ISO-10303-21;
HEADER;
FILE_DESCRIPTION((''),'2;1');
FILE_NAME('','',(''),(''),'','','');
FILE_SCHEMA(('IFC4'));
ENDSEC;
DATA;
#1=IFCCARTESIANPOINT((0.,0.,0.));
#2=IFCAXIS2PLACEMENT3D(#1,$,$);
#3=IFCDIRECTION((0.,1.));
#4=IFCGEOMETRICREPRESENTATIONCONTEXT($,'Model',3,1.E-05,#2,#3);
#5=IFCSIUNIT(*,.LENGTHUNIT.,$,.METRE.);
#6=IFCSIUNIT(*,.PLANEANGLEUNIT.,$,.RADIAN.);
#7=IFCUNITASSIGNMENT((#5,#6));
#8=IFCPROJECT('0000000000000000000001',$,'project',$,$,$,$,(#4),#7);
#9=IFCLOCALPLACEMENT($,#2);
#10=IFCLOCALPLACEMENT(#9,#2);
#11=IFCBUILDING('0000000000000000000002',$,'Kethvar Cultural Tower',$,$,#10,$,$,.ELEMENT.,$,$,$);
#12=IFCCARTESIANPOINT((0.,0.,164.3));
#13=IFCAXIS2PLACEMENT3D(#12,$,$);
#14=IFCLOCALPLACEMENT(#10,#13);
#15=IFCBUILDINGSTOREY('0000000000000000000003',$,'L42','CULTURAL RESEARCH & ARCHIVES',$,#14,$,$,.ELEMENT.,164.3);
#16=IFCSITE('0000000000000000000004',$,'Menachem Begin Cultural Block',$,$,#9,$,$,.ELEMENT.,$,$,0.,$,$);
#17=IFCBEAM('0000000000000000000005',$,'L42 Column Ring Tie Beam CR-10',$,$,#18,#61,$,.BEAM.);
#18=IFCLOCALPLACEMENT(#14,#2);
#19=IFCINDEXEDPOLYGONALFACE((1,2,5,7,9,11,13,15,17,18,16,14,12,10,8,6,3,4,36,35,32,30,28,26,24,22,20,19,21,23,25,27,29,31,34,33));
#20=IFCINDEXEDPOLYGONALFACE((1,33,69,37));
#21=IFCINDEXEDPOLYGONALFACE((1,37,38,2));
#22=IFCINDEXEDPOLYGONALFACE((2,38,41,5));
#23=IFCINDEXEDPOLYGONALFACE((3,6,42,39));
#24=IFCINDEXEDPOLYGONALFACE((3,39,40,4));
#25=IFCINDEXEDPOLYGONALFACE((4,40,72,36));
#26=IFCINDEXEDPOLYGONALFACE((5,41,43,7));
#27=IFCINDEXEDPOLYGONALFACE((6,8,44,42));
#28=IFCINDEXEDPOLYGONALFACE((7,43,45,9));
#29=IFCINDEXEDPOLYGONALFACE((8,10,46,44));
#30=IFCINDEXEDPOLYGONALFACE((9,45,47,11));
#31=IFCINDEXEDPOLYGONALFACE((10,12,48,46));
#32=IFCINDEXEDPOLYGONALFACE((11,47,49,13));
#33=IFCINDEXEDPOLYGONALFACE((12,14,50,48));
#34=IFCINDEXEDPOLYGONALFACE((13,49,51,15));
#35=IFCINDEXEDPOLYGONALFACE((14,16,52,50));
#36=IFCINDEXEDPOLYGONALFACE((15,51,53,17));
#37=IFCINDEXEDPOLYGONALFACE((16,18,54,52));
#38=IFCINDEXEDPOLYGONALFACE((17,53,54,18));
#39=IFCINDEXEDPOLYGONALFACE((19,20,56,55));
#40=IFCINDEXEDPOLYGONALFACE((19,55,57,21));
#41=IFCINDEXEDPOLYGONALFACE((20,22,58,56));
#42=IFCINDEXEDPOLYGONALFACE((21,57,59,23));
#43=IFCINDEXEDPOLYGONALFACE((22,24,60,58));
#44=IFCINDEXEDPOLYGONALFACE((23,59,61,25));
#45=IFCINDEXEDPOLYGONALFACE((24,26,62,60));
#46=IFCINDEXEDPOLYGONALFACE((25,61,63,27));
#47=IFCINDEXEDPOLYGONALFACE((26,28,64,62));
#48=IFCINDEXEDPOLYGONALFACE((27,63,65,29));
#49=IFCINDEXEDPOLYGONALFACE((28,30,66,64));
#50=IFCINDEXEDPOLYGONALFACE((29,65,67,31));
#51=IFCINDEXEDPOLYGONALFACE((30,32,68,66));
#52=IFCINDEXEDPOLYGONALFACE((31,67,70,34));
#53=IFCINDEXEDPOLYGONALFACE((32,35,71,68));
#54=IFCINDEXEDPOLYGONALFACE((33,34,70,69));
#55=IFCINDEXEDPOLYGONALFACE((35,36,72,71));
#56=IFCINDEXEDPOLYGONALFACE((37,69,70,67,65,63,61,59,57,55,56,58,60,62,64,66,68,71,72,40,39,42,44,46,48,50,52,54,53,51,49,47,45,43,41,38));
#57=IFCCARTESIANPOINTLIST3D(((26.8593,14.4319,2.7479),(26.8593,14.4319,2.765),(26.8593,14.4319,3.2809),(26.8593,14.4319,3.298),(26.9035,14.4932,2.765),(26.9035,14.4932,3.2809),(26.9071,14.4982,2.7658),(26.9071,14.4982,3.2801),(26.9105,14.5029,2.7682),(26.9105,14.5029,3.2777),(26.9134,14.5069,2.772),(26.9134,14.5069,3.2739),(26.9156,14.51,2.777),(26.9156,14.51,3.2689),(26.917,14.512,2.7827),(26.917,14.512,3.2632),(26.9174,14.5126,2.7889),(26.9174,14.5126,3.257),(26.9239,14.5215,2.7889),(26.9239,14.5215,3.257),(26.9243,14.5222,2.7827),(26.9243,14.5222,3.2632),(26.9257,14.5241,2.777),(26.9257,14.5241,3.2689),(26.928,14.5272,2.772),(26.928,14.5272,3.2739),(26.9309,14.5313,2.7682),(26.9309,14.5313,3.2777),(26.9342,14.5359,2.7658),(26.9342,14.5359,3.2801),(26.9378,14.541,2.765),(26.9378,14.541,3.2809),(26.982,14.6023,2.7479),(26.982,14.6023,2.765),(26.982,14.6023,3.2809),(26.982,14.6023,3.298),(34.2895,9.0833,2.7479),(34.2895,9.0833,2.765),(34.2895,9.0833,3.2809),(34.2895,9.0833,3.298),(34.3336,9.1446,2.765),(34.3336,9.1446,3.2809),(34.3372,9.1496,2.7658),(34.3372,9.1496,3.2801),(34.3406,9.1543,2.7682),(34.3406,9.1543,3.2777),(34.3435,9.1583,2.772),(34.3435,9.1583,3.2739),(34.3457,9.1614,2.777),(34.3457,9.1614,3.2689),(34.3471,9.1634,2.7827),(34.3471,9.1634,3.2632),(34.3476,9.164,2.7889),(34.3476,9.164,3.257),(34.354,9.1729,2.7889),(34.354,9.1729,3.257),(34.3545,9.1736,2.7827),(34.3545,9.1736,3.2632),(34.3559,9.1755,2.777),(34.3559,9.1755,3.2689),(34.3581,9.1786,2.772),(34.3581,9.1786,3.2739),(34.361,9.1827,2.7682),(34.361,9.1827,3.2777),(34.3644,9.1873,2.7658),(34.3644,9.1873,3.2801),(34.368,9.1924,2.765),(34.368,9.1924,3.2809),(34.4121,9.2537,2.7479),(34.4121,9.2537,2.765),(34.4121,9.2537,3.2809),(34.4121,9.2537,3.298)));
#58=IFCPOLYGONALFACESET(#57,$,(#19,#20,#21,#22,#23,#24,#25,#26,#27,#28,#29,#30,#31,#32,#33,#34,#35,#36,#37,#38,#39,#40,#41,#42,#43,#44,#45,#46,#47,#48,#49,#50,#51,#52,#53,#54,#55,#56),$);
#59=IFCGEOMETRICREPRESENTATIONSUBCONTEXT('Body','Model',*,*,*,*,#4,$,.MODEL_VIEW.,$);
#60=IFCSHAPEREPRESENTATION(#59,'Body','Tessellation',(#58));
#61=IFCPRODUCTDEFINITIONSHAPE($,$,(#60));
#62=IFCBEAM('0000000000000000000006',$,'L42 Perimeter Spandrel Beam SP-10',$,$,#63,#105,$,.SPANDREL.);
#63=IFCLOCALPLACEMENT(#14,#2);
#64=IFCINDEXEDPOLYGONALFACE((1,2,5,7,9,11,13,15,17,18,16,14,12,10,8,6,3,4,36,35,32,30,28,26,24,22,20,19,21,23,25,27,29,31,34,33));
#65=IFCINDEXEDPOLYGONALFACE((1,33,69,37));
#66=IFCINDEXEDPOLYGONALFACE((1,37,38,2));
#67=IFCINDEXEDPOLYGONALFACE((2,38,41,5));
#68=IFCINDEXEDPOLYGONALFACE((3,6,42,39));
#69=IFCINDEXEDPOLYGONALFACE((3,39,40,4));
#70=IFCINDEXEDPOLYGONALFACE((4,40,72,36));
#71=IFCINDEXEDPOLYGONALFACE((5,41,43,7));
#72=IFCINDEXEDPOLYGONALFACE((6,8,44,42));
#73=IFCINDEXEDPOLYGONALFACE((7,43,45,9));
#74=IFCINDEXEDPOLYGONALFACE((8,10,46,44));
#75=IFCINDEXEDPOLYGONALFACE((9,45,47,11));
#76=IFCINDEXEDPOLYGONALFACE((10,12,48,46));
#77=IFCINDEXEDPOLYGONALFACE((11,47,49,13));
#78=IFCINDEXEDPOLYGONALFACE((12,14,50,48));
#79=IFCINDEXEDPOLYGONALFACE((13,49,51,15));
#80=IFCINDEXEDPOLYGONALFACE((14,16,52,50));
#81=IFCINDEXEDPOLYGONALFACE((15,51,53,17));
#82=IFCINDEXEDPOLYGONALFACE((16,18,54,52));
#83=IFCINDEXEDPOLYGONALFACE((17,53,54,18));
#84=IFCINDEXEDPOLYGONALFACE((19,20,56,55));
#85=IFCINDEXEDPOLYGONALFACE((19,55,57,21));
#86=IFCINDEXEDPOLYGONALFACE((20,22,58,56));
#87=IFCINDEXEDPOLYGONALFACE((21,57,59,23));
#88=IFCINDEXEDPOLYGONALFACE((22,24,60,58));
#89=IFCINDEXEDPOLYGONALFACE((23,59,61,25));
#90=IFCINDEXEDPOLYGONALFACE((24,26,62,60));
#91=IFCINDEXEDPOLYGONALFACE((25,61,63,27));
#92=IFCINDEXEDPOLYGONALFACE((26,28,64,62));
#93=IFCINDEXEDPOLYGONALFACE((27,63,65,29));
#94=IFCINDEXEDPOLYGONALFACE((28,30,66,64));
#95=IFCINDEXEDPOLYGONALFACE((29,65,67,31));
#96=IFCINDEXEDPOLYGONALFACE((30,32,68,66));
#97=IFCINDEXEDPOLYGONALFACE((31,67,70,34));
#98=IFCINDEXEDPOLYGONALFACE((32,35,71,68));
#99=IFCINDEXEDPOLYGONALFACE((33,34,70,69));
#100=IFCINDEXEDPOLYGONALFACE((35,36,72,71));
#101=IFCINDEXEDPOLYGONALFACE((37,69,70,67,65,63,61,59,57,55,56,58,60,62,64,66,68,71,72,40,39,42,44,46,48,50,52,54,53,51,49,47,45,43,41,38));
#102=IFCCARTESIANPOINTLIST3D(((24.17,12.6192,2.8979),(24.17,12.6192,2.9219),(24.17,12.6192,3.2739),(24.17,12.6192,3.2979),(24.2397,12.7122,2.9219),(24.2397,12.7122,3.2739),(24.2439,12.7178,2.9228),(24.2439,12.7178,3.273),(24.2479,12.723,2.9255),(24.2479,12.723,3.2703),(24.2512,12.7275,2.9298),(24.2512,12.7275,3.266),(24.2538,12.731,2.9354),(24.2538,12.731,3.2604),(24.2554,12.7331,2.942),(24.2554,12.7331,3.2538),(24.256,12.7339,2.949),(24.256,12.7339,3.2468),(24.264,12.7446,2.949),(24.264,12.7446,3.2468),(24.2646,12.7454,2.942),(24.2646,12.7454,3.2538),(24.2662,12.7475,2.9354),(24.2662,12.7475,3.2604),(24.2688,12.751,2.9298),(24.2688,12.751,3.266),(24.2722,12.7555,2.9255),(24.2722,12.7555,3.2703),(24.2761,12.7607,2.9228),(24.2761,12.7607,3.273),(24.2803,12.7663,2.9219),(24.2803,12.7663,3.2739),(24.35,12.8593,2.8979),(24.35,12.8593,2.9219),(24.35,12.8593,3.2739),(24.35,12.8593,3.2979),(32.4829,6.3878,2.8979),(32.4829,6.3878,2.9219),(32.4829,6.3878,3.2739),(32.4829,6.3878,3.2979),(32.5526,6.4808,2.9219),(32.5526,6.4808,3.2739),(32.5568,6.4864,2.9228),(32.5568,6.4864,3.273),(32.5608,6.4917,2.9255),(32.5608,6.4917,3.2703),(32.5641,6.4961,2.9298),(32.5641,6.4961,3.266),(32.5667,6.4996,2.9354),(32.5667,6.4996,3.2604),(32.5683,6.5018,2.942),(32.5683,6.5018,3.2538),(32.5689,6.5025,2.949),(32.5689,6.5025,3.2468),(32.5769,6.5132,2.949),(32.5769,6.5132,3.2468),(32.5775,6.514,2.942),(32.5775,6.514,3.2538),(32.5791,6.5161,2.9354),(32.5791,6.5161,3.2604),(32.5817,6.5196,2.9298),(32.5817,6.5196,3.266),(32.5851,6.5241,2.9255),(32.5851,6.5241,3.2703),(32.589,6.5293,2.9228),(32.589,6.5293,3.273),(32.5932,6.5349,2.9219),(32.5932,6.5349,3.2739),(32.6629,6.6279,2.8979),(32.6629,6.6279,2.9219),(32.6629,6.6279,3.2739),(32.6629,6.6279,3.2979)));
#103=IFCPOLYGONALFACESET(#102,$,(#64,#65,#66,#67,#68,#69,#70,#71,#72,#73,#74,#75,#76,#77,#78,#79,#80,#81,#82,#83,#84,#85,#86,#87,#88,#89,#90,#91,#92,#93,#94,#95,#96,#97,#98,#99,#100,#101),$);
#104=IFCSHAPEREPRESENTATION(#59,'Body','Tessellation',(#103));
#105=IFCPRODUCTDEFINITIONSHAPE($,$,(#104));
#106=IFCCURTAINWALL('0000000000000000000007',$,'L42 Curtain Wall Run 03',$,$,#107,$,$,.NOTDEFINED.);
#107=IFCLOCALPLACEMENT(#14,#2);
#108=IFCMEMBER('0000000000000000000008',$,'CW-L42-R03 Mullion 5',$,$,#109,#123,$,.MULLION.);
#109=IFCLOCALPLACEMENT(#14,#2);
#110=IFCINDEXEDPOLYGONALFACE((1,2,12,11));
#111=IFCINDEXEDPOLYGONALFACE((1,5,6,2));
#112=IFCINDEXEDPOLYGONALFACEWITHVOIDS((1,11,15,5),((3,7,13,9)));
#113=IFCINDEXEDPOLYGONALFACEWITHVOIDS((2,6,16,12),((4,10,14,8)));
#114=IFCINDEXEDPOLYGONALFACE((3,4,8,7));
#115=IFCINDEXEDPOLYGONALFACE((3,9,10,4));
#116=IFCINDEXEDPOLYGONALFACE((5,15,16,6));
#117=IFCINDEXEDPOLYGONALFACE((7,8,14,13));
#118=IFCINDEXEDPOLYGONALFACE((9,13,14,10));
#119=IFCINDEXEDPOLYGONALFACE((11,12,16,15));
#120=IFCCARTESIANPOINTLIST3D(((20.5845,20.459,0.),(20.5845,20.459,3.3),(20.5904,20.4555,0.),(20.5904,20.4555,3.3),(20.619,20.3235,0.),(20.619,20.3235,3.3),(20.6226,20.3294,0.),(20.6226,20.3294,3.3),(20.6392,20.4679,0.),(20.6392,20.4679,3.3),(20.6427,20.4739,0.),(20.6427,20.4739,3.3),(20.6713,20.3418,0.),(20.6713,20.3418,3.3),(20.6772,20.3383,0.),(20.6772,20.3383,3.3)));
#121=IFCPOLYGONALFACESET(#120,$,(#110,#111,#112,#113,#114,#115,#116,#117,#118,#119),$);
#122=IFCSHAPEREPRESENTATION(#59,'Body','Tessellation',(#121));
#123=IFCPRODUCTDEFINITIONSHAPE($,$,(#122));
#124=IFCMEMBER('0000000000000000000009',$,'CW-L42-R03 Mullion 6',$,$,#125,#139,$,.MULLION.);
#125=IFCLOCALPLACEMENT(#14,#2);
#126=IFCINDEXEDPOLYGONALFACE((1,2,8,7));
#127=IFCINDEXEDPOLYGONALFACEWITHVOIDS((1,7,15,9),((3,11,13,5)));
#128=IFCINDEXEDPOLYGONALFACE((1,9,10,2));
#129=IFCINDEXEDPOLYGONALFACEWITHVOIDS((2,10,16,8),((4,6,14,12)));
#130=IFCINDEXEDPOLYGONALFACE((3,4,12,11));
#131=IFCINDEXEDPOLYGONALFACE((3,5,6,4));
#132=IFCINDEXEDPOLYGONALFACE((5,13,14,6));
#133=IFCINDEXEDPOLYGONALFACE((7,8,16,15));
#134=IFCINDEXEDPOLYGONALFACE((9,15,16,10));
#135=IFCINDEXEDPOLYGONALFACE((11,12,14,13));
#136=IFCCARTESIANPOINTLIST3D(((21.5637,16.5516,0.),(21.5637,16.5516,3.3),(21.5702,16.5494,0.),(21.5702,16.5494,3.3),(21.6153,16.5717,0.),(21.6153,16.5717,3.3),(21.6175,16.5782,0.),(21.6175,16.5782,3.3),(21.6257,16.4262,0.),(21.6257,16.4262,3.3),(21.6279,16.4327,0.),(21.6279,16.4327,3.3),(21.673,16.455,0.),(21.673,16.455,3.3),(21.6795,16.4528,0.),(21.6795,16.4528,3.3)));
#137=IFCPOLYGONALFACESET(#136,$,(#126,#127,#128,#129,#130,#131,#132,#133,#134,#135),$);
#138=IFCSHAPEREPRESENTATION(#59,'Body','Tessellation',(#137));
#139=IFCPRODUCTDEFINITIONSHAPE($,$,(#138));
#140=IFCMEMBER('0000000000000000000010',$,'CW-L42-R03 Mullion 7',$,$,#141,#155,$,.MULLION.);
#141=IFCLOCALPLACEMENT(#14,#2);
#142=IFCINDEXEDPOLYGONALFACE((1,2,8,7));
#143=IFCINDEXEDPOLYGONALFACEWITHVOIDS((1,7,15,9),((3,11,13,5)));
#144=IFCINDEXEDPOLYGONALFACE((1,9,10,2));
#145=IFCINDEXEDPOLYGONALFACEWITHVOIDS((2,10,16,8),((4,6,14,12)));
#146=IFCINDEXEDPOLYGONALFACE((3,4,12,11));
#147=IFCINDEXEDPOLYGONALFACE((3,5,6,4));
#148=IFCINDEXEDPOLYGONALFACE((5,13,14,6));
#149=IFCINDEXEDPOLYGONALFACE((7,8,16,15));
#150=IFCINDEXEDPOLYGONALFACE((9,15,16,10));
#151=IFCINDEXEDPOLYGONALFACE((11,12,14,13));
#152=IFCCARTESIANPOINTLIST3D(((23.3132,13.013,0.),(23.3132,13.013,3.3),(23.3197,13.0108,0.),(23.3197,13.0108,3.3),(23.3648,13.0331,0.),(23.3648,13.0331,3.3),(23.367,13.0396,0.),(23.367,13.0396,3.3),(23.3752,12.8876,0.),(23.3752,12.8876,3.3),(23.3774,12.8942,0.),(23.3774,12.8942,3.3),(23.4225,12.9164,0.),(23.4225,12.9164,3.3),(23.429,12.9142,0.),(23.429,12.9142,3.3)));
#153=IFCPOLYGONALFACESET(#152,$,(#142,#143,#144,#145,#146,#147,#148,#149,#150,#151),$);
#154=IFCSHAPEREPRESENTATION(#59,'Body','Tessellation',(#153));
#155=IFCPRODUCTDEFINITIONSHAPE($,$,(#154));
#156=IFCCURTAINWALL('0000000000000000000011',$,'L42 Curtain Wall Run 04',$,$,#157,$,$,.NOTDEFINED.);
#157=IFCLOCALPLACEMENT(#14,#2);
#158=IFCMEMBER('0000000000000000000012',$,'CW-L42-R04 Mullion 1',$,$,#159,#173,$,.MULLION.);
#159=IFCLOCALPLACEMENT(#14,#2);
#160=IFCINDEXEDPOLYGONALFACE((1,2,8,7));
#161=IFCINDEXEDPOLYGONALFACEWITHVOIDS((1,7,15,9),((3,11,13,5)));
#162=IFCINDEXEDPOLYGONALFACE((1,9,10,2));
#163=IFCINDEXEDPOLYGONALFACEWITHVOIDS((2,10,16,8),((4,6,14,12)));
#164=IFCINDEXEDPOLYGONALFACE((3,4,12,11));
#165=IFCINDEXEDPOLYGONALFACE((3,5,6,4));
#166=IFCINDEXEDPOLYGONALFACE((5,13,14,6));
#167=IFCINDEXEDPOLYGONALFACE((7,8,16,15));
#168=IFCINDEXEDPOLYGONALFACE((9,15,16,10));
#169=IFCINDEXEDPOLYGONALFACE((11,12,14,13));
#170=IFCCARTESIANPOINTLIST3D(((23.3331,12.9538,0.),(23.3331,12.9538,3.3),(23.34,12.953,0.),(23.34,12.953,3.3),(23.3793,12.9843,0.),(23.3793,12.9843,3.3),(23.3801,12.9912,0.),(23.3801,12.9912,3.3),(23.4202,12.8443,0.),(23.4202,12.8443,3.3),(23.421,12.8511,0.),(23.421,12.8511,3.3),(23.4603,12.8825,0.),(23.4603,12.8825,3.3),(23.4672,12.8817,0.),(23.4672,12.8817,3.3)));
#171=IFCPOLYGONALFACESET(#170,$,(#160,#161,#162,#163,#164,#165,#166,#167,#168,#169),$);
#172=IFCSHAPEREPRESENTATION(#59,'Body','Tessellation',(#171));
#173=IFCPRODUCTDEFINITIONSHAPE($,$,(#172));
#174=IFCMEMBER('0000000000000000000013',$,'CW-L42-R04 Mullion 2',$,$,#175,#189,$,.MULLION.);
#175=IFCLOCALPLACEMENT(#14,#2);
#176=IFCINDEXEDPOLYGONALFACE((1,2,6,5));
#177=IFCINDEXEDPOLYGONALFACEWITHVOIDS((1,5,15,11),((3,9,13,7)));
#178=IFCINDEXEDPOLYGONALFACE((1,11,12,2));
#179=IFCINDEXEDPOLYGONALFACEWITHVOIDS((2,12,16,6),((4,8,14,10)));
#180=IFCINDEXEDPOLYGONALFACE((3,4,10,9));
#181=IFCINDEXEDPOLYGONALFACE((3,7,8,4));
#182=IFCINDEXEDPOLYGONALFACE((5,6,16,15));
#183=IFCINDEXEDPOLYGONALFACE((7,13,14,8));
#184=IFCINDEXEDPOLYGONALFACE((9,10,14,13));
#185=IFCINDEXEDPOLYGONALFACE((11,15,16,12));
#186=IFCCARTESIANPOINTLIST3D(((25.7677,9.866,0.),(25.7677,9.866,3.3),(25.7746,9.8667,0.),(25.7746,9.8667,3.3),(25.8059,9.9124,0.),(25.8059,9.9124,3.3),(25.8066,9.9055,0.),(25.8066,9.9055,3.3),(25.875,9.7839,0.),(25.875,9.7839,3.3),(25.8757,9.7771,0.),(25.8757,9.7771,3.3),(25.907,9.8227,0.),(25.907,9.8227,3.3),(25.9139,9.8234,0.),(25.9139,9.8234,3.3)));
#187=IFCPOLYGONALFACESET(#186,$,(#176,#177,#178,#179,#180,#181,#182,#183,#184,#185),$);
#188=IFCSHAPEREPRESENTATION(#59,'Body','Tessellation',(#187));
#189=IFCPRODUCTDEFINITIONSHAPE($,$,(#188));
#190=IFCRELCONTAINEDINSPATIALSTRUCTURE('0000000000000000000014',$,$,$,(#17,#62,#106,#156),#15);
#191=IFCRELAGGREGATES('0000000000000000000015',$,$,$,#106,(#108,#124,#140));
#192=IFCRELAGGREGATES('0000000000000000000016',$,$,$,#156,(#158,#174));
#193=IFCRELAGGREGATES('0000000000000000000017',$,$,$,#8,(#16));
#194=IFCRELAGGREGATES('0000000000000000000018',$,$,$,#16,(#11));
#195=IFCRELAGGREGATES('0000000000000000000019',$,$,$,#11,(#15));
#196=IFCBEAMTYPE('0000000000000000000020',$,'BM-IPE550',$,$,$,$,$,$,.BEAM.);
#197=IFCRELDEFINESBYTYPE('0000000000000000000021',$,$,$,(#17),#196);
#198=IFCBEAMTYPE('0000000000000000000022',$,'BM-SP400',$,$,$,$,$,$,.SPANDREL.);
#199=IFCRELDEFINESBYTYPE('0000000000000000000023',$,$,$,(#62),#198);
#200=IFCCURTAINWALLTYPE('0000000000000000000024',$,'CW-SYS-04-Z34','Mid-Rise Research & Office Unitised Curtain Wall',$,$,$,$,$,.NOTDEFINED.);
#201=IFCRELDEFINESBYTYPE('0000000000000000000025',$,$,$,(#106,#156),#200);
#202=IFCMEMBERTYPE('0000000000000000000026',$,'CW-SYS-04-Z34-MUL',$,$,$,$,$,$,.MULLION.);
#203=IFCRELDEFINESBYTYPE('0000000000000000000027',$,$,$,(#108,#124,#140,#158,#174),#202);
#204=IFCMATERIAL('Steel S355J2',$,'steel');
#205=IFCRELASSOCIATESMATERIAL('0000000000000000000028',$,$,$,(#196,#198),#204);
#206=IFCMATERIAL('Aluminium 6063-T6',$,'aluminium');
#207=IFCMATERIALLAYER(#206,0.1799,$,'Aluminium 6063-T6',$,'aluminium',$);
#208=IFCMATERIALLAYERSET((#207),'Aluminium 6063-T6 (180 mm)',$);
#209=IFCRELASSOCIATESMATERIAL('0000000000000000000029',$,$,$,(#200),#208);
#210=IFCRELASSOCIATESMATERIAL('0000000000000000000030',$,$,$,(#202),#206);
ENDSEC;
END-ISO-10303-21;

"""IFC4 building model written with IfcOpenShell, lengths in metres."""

from ifc_helpers import new_model, si_unit, direction, frame, origin, origin_2d, place, context, subcontext, project, spatial, hollow_rectangle, i_section, extrude, source, transform, mapped, material, layer, layer_set, material_profile, profile_set, type_object, element, aggregate, save


model = new_model("IFC4")

# Units and contexts
model_context = context("Model", 3, precision=1e-05, world=origin(), true_north=direction((0.0, 1.0)))
body_context = subcontext(model_context, "Body", "Model", "MODEL_VIEW")
ifc_project = project(units=[si_unit("LENGTHUNIT", "METRE"), si_unit("PLANEANGLEUNIT", "RADIAN")], contexts=[model_context])

# Site, building, storey
site_placement = place(None, origin())
site = spatial("IfcSite", under=ifc_project, at=site_placement, Name="Menachem Begin Cultural Block", CompositionType="ELEMENT", RefElevation=0.0)
building_placement = place(site_placement, origin())
building = spatial("IfcBuilding", under=site, at=building_placement, Name="Kethvar Cultural Tower", CompositionType="ELEMENT")
storey_placement = place(building_placement, frame((0.0, 0.0, 164.3)))
storey = spatial("IfcBuildingStorey", under=building, at=storey_placement, Name="L42", Description="CULTURAL RESEARCH & ARCHIVES", CompositionType="ELEMENT", Elevation=164.3)

# Beams
ifc_material_1 = material(Name="Steel S355J2", Category="steel")
ifc_material_profile_1 = material_profile(ifc_material_1, i_section(OverallWidth=0.21, OverallDepth=0.55, WebThickness=0.011, FlangeThickness=0.0171, FilletRadius=0.0239, at=origin_2d()), Name="Steel S355J2 — IPE550")
ifc_profile_set_1 = profile_set([ifc_material_profile_1], Name="Steel S355J2 — IPE550")
beam_type_1 = type_object("IfcBeamType", Name="BM-IPE550", PredefinedType="BEAM", material=ifc_profile_set_1)
ifc_material_profile_2 = material_profile(ifc_material_1, i_section(OverallWidth=0.3, OverallDepth=0.3999, WebThickness=0.0134, FlangeThickness=0.0239, FilletRadius=0.0271, at=origin_2d()), Name="Steel S355J2 — HEB400")
ifc_profile_set_2 = profile_set([ifc_material_profile_2], Name="Steel S355J2 — HEB400")
beam_type_2 = type_object("IfcBeamType", Name="BM-SP400", PredefinedType="SPANDREL", material=ifc_profile_set_2)
shared_shape_1 = source(origin(), body_context, "Body", "SweptSolid", [
    extrude(i_section(OverallWidth=0.21, OverallDepth=0.55, WebThickness=0.011, FlangeThickness=0.0171, FilletRadius=0.0239, at=origin_2d()), origin(), (0.0, 0.0, 1.0), 9.155),
])
beam_1_placement = place(storey_placement, frame((26.9207, 14.5171, 3.0229), z_axis=(0.811591, -0.584226, 0.0), x_axis=(0.584226, 0.811591, 0.0)))
element("IfcBeam", 1, at=beam_1_placement, inside=storey, type_object=beam_type_1, Name="L42 Column Ring Tie Beam CR-10", PredefinedType="BEAM", context=body_context, shape_type="MappedRepresentation", body=[
    mapped(shared_shape_1, transform((0.0, 0.0, 0.0), scale=1.0)),
])
shared_shape_2 = source(origin(), body_context, "Body", "SweptSolid", [
    extrude(i_section(OverallWidth=0.3, OverallDepth=0.3999, WebThickness=0.0134, FlangeThickness=0.0239, FilletRadius=0.0271, at=origin_2d()), origin(), (0.0, 0.0, 1.0), 10.3892),
])
beam_2_placement = place(storey_placement, frame((24.26, 12.7393, 3.0979), z_axis=(0.800152, -0.599797, 0.0), x_axis=(0.599797, 0.800152, 0.0)))
element("IfcBeam", 2, at=beam_2_placement, inside=storey, type_object=beam_type_2, Name="L42 Perimeter Spandrel Beam SP-10", PredefinedType="SPANDREL", context=body_context, shape_type="MappedRepresentation", body=[
    mapped(shared_shape_2, transform((0.0, 0.0, 0.0), scale=1.0)),
])

# Curtain walls, members
ifc_material_2 = material(Name="Aluminium 6063-T6", Category="aluminium")
ifc_layer_1 = layer(ifc_material_2, 0.1799, Name="Aluminium 6063-T6", Category="aluminium")
ifc_layer_set_1 = layer_set([ifc_layer_1], Name="Aluminium 6063-T6 (180 mm)")
curtain_wall_type = type_object("IfcCurtainWallType", Name="CW-SYS-04-Z34", Description="Mid-Rise Research & Office Unitised Curtain Wall", PredefinedType="NOTDEFINED", material=ifc_layer_set_1)
curtain_wall_1_placement = place(storey_placement, origin())
curtain_wall_1 = element("IfcCurtainWall", 3, at=curtain_wall_1_placement, inside=storey, type_object=curtain_wall_type, Name="L42 Curtain Wall Run 03", PredefinedType="NOTDEFINED")
ifc_material_profile_3 = material_profile(ifc_material_2, hollow_rectangle(XDim=0.0601, YDim=0.1399, WallThickness=0.0049, at=origin_2d()), Name="Aluminium 6063-T6 — RHS140x60x5")
ifc_profile_set_3 = profile_set([ifc_material_profile_3], Name="Aluminium 6063-T6 — RHS140x60x5")
member_type_1 = type_object("IfcMemberType", Name="CW-SYS-04-Z34-MUL", PredefinedType="MULLION", material=ifc_profile_set_3)
shared_shape_3 = source(origin(), body_context, "Body", "SweptSolid", [
    extrude(hollow_rectangle(XDim=0.0601, YDim=0.1399, WallThickness=0.0049, at=origin_2d()), origin(), (0.0, 0.0, 1.0), 3.3),
])
member_1_placement = place(storey_placement, frame((20.6309, 20.3987, 0.0), z_axis=(0.0, 0.0, 1.0), x_axis=(0.969016, 0.246999, 0.0)))
member_1 = element("IfcMember", 4, at=member_1_placement, type_object=member_type_1, Name="CW-L42-R03 Mullion 5", PredefinedType="MULLION", context=body_context, shape_type="MappedRepresentation", body=[
    mapped(shared_shape_3, transform((0.0, 0.0, 0.0), scale=1.0)),
])
member_2_placement = place(storey_placement, frame((21.6216, 16.5022, 0.0), z_axis=(0.0, 0.0, 1.0), x_axis=(0.896417, 0.443212, 0.0)))
member_2 = element("IfcMember", 5, at=member_2_placement, type_object=member_type_1, Name="CW-L42-R03 Mullion 6", PredefinedType="MULLION", context=body_context, shape_type="MappedRepresentation", body=[
    mapped(shared_shape_3, transform((0.0, 0.0, 0.0), scale=1.0)),
])
member_3_placement = place(storey_placement, frame((23.3711, 12.9636, 0.0), z_axis=(0.0, 0.0, 1.0), x_axis=(0.896417, 0.443212, 0.0)))
member_3 = element("IfcMember", 6, at=member_3_placement, type_object=member_type_1, Name="CW-L42-R03 Mullion 7", PredefinedType="MULLION", context=body_context, shape_type="MappedRepresentation", body=[
    mapped(shared_shape_3, transform((0.0, 0.0, 0.0), scale=1.0)),
])
curtain_wall_2_placement = place(storey_placement, origin())
curtain_wall_2 = element("IfcCurtainWall", 7, at=curtain_wall_2_placement, inside=storey, type_object=curtain_wall_type, Name="L42 Curtain Wall Run 04", PredefinedType="NOTDEFINED")
member_4_placement = place(storey_placement, frame((23.4001, 12.9177, 0.0), z_axis=(0.0, 0.0, 1.0), x_axis=(0.782706, 0.622392, 0.0)))
member_4 = element("IfcMember", 8, at=member_4_placement, type_object=member_type_1, Name="CW-L42-R04 Mullion 1", PredefinedType="MULLION", context=body_context, shape_type="MappedRepresentation", body=[
    mapped(shared_shape_3, transform((0.0, 0.0, 0.0), scale=1.0)),
])
member_5_placement = place(storey_placement, frame((25.8408, 9.8447, 0.0), z_axis=(0.0, 0.0, 1.0), x_axis=(0.636078, 0.771625, 0.0)))
member_5 = element("IfcMember", 9, at=member_5_placement, type_object=member_type_1, Name="CW-L42-R04 Mullion 2", PredefinedType="MULLION", context=body_context, shape_type="MappedRepresentation", body=[
    mapped(shared_shape_3, transform((0.0, 0.0, 0.0), scale=1.0)),
])

aggregate(curtain_wall_1, [member_1, member_2, member_3])
aggregate(curtain_wall_2, [member_4, member_5])

save(model, "model.ifc")
